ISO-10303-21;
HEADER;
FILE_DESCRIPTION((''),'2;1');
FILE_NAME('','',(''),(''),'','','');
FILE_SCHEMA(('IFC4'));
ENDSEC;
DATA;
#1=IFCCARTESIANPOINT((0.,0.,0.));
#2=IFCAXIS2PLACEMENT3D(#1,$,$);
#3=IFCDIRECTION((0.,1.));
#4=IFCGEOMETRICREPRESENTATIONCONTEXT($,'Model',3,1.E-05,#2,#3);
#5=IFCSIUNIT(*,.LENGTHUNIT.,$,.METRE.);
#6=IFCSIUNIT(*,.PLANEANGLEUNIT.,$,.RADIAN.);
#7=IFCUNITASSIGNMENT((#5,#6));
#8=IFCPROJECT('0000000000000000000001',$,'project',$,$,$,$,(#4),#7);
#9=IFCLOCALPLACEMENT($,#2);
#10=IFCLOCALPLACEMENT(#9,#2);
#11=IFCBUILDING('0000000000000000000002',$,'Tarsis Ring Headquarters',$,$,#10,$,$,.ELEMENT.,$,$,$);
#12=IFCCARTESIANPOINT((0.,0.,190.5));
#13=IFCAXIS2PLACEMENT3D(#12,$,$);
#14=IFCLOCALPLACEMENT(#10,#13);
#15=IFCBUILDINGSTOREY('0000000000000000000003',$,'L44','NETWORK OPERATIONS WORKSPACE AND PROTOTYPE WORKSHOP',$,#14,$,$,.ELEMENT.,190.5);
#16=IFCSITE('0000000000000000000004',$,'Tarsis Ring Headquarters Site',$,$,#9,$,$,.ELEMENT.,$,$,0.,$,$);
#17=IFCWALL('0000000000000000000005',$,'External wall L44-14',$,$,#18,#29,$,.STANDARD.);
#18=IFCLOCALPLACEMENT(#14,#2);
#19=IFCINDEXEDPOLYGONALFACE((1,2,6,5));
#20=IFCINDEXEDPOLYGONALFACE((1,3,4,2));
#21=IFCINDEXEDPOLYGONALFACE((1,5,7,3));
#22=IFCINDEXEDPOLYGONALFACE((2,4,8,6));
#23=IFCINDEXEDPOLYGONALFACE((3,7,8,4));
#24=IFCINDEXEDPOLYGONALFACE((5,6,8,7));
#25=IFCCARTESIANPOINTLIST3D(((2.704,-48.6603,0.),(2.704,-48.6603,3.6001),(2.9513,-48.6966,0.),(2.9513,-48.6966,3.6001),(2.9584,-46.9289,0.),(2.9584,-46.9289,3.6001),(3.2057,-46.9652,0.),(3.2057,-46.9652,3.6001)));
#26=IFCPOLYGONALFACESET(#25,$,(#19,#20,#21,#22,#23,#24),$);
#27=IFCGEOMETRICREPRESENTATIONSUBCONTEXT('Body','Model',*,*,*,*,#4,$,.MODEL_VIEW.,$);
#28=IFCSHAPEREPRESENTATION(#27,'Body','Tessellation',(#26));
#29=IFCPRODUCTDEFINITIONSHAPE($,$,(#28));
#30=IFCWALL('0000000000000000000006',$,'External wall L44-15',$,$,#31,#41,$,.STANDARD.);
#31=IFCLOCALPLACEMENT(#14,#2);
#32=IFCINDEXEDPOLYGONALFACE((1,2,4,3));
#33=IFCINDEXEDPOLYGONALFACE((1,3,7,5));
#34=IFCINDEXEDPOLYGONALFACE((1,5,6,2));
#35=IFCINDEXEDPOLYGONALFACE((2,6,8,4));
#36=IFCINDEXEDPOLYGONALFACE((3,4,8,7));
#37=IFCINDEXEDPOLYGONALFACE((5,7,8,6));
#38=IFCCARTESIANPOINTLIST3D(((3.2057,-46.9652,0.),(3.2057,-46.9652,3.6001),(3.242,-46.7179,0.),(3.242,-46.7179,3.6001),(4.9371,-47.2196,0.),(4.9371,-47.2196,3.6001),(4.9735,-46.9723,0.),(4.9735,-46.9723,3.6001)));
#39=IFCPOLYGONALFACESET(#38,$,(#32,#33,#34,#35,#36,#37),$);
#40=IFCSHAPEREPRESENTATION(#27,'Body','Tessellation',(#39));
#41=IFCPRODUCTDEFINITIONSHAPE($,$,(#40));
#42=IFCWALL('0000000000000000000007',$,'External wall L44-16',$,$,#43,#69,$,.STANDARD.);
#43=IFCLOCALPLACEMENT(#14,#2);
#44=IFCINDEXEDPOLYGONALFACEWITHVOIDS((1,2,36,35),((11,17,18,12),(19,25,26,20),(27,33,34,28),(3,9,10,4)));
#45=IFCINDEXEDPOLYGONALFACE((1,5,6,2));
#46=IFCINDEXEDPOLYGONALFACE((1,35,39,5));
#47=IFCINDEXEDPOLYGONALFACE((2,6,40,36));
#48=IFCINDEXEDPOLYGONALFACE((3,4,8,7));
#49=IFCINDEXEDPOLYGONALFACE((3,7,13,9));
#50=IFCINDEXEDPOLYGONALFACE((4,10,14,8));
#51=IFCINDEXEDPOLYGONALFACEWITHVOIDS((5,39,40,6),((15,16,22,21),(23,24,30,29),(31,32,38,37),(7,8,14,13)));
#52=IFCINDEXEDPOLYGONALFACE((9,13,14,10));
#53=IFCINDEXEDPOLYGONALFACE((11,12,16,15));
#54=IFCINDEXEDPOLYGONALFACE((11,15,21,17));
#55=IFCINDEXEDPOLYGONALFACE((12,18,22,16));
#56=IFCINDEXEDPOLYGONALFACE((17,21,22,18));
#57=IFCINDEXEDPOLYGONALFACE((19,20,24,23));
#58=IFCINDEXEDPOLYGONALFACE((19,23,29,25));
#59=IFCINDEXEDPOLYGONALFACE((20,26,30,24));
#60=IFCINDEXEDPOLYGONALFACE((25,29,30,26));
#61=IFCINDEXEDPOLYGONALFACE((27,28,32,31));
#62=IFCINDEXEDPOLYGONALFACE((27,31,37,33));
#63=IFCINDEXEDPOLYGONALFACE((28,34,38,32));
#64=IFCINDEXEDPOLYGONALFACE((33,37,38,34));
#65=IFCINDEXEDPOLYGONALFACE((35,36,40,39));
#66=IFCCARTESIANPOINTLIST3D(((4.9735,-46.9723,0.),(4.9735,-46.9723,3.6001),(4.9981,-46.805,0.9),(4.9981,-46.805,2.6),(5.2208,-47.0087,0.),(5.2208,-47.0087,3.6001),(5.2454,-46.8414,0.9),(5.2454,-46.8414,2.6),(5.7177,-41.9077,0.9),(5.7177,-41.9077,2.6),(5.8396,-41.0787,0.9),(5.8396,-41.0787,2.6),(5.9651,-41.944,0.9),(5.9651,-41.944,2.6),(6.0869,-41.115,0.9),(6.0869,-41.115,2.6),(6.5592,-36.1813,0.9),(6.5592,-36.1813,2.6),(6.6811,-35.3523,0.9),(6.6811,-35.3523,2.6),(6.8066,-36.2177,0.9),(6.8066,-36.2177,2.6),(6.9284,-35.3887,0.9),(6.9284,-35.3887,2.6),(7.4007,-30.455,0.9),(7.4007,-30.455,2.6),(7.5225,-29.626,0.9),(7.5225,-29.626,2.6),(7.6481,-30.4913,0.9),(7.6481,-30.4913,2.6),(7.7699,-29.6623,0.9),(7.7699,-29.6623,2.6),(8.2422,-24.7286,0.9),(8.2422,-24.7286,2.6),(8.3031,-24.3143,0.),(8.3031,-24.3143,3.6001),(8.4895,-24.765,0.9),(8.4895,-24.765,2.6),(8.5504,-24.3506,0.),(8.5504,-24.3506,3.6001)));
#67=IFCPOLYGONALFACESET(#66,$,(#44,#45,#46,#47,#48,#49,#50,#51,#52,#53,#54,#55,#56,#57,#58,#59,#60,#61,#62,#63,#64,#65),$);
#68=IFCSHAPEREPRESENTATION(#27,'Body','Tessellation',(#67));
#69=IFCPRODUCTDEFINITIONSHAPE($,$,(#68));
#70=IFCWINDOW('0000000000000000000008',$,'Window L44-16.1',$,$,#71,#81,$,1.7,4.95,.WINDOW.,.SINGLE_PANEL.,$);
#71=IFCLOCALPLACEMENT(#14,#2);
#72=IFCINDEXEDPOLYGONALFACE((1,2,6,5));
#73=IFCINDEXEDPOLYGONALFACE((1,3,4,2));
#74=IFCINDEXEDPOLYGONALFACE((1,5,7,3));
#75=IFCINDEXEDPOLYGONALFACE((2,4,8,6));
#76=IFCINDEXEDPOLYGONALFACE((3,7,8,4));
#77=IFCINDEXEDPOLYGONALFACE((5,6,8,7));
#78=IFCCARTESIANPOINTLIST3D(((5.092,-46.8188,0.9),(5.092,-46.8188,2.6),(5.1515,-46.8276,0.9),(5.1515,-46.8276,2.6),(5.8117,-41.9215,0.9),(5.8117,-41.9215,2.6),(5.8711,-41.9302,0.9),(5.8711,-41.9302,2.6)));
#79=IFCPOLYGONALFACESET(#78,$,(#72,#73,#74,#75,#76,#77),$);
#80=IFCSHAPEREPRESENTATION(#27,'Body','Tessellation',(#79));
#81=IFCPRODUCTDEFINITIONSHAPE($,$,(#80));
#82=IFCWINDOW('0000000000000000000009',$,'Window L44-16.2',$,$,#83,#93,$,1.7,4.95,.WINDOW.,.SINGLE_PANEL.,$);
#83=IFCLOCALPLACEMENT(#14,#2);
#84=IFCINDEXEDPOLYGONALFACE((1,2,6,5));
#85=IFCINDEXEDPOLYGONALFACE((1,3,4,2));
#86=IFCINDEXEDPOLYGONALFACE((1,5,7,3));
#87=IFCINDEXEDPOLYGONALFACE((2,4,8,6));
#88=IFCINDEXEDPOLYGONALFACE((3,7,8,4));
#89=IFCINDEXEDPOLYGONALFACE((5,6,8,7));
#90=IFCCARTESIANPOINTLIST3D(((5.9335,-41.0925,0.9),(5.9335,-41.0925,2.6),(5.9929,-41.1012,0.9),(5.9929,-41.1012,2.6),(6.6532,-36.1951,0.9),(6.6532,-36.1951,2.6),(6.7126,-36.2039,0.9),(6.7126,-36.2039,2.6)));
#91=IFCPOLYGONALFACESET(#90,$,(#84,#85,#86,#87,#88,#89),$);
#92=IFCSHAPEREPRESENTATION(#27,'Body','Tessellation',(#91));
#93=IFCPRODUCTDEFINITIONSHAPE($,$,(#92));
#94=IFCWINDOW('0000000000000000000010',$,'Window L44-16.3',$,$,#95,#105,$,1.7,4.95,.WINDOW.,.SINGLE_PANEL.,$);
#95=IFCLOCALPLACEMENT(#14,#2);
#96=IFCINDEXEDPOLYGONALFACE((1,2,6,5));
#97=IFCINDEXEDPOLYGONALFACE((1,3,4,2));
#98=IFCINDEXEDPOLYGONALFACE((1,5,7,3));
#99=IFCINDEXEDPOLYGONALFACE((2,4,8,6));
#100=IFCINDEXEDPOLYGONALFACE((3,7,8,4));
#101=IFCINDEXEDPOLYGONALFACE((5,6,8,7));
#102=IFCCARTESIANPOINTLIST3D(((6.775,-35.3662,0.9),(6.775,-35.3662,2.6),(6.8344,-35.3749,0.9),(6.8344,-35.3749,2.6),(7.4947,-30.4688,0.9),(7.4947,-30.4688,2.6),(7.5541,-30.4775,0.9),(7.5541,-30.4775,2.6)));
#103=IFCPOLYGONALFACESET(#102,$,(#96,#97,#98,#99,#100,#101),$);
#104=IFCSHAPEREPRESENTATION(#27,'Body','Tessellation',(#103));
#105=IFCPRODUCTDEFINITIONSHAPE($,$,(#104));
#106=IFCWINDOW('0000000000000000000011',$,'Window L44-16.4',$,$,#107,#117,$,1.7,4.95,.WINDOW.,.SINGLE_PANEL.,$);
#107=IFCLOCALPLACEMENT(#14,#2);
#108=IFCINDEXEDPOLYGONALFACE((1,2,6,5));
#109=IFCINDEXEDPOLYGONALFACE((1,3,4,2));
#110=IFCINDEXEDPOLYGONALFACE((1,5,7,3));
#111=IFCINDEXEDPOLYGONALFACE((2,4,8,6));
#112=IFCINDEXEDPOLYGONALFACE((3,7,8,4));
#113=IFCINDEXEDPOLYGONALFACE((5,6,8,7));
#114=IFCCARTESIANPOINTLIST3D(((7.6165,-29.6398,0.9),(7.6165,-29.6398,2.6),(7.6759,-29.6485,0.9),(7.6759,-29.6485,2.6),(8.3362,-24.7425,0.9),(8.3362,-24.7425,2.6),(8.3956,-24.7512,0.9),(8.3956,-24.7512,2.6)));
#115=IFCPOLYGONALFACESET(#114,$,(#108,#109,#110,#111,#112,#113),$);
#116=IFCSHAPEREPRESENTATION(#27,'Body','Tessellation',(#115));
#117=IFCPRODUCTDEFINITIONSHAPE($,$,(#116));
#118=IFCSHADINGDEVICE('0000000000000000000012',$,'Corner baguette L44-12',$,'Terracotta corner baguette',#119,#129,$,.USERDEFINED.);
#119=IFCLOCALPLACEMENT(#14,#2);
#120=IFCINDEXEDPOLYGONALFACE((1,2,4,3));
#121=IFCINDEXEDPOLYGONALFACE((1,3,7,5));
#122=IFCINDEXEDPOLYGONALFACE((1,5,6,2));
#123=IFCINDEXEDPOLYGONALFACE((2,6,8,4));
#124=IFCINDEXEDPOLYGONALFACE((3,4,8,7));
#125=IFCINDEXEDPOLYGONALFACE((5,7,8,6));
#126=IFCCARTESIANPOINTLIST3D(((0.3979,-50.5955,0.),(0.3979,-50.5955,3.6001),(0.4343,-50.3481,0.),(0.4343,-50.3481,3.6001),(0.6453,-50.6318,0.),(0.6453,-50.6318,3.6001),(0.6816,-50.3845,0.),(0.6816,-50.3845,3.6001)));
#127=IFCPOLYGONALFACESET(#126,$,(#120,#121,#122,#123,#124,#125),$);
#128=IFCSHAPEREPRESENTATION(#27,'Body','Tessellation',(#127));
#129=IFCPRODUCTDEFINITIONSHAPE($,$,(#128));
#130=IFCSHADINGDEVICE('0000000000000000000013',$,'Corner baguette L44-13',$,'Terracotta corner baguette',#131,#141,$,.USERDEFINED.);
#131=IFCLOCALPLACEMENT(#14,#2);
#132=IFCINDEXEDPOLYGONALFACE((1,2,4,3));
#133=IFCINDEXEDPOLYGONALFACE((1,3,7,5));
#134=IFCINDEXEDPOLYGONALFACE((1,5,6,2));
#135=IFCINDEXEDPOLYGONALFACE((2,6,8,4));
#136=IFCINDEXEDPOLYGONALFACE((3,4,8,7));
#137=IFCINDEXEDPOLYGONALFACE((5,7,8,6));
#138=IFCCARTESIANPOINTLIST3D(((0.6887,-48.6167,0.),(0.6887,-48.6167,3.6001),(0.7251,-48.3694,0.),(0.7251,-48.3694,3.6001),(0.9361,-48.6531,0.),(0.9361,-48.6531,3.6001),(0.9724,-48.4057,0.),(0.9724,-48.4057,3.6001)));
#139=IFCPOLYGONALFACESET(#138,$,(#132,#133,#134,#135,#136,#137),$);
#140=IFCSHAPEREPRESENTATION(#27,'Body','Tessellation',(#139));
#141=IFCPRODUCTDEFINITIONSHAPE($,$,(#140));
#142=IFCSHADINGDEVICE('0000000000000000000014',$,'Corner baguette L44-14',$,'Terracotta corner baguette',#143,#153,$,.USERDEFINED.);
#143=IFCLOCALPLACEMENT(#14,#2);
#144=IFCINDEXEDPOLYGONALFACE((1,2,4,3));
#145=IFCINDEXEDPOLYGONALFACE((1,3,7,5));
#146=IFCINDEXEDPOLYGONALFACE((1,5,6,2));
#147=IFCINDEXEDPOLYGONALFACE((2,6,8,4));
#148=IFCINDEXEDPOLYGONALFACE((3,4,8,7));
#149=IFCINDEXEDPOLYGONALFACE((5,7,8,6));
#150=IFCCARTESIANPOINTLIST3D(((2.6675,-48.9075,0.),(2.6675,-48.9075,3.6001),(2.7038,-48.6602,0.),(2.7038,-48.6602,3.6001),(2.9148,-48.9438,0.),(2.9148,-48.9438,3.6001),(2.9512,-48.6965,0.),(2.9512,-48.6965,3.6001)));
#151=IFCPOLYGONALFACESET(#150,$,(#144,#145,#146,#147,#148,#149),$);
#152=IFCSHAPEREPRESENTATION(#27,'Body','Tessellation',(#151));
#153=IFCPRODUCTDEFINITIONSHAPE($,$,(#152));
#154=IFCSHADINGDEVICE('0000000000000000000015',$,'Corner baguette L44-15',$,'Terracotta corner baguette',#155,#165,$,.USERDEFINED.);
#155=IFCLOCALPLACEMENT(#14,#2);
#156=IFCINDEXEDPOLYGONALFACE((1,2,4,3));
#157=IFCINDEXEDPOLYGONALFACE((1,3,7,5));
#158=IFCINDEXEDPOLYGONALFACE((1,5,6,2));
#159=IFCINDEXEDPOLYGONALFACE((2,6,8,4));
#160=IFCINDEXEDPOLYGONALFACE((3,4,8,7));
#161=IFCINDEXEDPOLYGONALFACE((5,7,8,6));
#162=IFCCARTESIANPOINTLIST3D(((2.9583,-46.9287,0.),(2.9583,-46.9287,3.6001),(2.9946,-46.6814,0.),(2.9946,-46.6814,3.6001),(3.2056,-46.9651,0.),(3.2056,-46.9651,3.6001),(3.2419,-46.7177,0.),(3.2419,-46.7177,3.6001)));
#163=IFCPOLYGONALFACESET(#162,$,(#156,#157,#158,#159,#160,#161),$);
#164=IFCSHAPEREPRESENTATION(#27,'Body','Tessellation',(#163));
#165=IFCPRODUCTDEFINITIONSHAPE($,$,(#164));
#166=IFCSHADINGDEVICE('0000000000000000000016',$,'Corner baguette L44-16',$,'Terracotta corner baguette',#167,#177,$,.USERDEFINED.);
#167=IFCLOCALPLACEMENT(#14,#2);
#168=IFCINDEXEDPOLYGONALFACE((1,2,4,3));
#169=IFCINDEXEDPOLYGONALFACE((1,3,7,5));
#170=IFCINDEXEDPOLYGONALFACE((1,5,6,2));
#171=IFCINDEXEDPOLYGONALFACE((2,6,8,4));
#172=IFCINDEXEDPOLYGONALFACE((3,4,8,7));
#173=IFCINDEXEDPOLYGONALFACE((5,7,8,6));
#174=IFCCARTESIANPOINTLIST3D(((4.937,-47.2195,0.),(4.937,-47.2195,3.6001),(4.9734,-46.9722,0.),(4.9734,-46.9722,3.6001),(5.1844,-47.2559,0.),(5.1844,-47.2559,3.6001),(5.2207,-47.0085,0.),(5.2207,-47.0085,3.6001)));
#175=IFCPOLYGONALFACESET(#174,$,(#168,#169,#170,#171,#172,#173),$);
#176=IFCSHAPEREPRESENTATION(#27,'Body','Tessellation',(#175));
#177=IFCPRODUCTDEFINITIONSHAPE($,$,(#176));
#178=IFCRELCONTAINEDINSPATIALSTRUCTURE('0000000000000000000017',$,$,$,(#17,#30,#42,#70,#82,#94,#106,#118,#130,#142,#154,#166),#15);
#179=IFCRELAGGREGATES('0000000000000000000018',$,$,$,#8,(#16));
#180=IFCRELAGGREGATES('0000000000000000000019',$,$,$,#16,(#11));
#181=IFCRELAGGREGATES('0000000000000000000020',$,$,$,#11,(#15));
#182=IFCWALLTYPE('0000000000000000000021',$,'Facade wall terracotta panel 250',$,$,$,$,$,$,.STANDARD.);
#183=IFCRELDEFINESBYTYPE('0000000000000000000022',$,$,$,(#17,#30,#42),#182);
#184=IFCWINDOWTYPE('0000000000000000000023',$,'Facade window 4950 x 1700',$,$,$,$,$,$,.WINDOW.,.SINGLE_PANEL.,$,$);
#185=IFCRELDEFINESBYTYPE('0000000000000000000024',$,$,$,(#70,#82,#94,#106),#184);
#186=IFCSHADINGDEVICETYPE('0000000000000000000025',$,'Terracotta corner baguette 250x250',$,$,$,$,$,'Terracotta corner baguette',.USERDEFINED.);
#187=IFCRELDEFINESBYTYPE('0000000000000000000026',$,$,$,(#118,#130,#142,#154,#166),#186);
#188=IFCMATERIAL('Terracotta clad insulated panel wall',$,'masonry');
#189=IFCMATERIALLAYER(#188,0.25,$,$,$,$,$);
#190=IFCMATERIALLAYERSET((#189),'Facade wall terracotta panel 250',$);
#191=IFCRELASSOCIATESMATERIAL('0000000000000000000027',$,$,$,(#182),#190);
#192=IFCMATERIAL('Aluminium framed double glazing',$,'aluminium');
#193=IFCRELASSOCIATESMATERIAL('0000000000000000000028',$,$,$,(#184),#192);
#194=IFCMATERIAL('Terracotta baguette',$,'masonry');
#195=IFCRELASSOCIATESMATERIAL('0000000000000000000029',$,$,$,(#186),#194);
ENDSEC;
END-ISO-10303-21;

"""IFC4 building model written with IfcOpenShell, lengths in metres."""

from ifc_helpers import new_model, si_unit, direction, frame, frame_2d, origin, origin_2d, place, context, subcontext, project, spatial, rectangle, extrude, material, layer, layer_set, type_object, element, fill, save


model = new_model("IFC4")

# Units and contexts
model_context = context("Model", 3, precision=1e-05, world=origin(), true_north=direction((0.0, 1.0)))
body_context = subcontext(model_context, "Body", "Model", "MODEL_VIEW")
ifc_project = project(units=[si_unit("LENGTHUNIT", "METRE"), si_unit("PLANEANGLEUNIT", "RADIAN")], contexts=[model_context])

# Site, building, storey
site_placement = place(None, origin())
site = spatial("IfcSite", under=ifc_project, at=site_placement, Name="Tarsis Ring Headquarters Site", CompositionType="ELEMENT", RefElevation=0.0)
building_placement = place(site_placement, origin())
building = spatial("IfcBuilding", under=site, at=building_placement, Name="Tarsis Ring Headquarters", CompositionType="ELEMENT")
storey_placement = place(building_placement, frame((0.0, 0.0, 190.5)))
storey = spatial("IfcBuildingStorey", under=building, at=storey_placement, Name="L44", Description="NETWORK OPERATIONS WORKSPACE AND PROTOTYPE WORKSHOP", CompositionType="ELEMENT", Elevation=190.5)

# Walls
ifc_material_1 = material(Name="Terracotta clad insulated panel wall", Category="masonry")
ifc_layer_1 = layer(ifc_material_1, 0.25)
ifc_layer_set_1 = layer_set([ifc_layer_1], Name="Facade wall terracotta panel 250")
wall_type_1 = type_object("IfcWallType", Name="Facade wall terracotta panel 250", PredefinedType="STANDARD", material=ifc_layer_set_1)
for number, where, z_axis, x_axis, name in (
    (1, (2.8276, -48.6785, 0.0), (0.0, 0.0, 1.0), (0.145365, 0.989378, 0.0), "External wall L44-14"),
    (2, (3.2239, -46.8416, 0.0), (0.0, 0.0, 1.0), (0.989378, -0.145365, 0.0), "External wall L44-15"),
):
    element("IfcWall", number, at=place(storey_placement, frame(where, z_axis=z_axis, x_axis=x_axis)), inside=storey, type_object=wall_type_1, Name=name, PredefinedType="STANDARD", context=body_context, shape_type="SweptSolid", body=[
        extrude(rectangle(XDim=1.75, YDim=0.25, at=frame_2d((0.875, 0.0))), origin(), (0.0, 0.0, 1.0), 3.6001),
    ])

# Wall, openings, windows
wall_1_placement = place(storey_placement, frame((5.0972, -46.9905, 0.0), z_axis=(0.0, 0.0, 1.0), x_axis=(0.145389, 0.989375, 0.0)))
wall_1 = element("IfcWall", 3, at=wall_1_placement, inside=storey, type_object=wall_type_1, Name="External wall L44-16", PredefinedType="STANDARD", context=body_context, shape_type="SweptSolid", body=[
    extrude(rectangle(XDim=22.9014, YDim=0.25, at=frame_2d((11.4507, 0.0))), origin(), (0.0, 0.0, 1.0), 3.6001),
])
opening_1_placement = place(wall_1_placement, frame((0.1689, 0.0, 0.8999)))
opening_1 = element("IfcOpeningElement", 4, at=opening_1_placement, cuts=wall_1, PredefinedType="OPENING", context=body_context, shape_type="SweptSolid", body=[
    extrude(rectangle(XDim=4.95, YDim=1.7, at=frame_2d((2.4751, 0.8501))), frame((0.0, 0.135, 0.0), z_axis=(0.0, -1.0, 0.0), x_axis=(1.0, 0.0, 0.0)), (0.0, 0.0, 1.0), 0.27),
])
opening_2_placement = place(wall_1_placement, frame((5.9568, 0.0, 0.8999)))
opening_2 = element("IfcOpeningElement", 5, at=opening_2_placement, cuts=wall_1, PredefinedType="OPENING", context=body_context, shape_type="SweptSolid", body=[
    extrude(rectangle(XDim=4.95, YDim=1.7, at=frame_2d((2.4751, 0.8501))), frame((0.0, 0.135, 0.0), z_axis=(0.0, -1.0, 0.0), x_axis=(1.0, 0.0, 0.0)), (0.0, 0.0, 1.0), 0.27),
])
opening_3_placement = place(wall_1_placement, frame((11.7446, 0.0, 0.8999)))
opening_3 = element("IfcOpeningElement", 6, at=opening_3_placement, cuts=wall_1, PredefinedType="OPENING", context=body_context, shape_type="SweptSolid", body=[
    extrude(rectangle(XDim=4.95, YDim=1.7, at=frame_2d((2.4751, 0.8501))), frame((0.0, 0.135, 0.0), z_axis=(0.0, -1.0, 0.0), x_axis=(1.0, 0.0, 0.0)), (0.0, 0.0, 1.0), 0.27),
])
opening_4_placement = place(wall_1_placement, frame((17.5325, 0.0, 0.8999)))
opening_4 = element("IfcOpeningElement", 7, at=opening_4_placement, cuts=wall_1, PredefinedType="OPENING", context=body_context, shape_type="SweptSolid", body=[
    extrude(rectangle(XDim=4.95, YDim=1.7, at=frame_2d((2.4751, 0.8501))), frame((0.0, 0.135, 0.0), z_axis=(0.0, -1.0, 0.0), x_axis=(1.0, 0.0, 0.0)), (0.0, 0.0, 1.0), 0.27),
])
ifc_material_2 = material(Name="Aluminium framed double glazing", Category="aluminium")
window_type = type_object("IfcWindowType", Name="Facade window 4950 x 1700", PartitioningType="SINGLE_PANEL", PredefinedType="WINDOW", material=ifc_material_2)
window_1_placement = place(opening_1_placement, origin())
window_1 = element("IfcWindow", 8, at=window_1_placement, inside=storey, type_object=window_type, Name="Window L44-16.1", OverallHeight=1.7, OverallWidth=4.95, PartitioningType="SINGLE_PANEL", PredefinedType="WINDOW", context=body_context, shape_type="SweptSolid", body=[
    extrude(rectangle(XDim=4.95, YDim=1.7, at=frame_2d((2.4751, 0.8501))), frame((0.0, 0.03, 0.0), z_axis=(0.0, -1.0, 0.0), x_axis=(1.0, 0.0, 0.0)), (0.0, 0.0, 1.0), 0.0601),
])
fill(opening_1, window_1)
window_2_placement = place(opening_2_placement, origin())
window_2 = element("IfcWindow", 9, at=window_2_placement, inside=storey, type_object=window_type, Name="Window L44-16.2", OverallHeight=1.7, OverallWidth=4.95, PartitioningType="SINGLE_PANEL", PredefinedType="WINDOW", context=body_context, shape_type="SweptSolid", body=[
    extrude(rectangle(XDim=4.95, YDim=1.7, at=frame_2d((2.4751, 0.8501))), frame((0.0, 0.03, 0.0), z_axis=(0.0, -1.0, 0.0), x_axis=(1.0, 0.0, 0.0)), (0.0, 0.0, 1.0), 0.0601),
])
fill(opening_2, window_2)
window_3_placement = place(opening_3_placement, origin())
window_3 = element("IfcWindow", 10, at=window_3_placement, inside=storey, type_object=window_type, Name="Window L44-16.3", OverallHeight=1.7, OverallWidth=4.95, PartitioningType="SINGLE_PANEL", PredefinedType="WINDOW", context=body_context, shape_type="SweptSolid", body=[
    extrude(rectangle(XDim=4.95, YDim=1.7, at=frame_2d((2.4751, 0.8501))), frame((0.0, 0.03, 0.0), z_axis=(0.0, -1.0, 0.0), x_axis=(1.0, 0.0, 0.0)), (0.0, 0.0, 1.0), 0.0601),
])
fill(opening_3, window_3)
window_4_placement = place(opening_4_placement, origin())
window_4 = element("IfcWindow", 11, at=window_4_placement, inside=storey, type_object=window_type, Name="Window L44-16.4", OverallHeight=1.7, OverallWidth=4.95, PartitioningType="SINGLE_PANEL", PredefinedType="WINDOW", context=body_context, shape_type="SweptSolid", body=[
    extrude(rectangle(XDim=4.95, YDim=1.7, at=frame_2d((2.4751, 0.8501))), frame((0.0, 0.03, 0.0), z_axis=(0.0, -1.0, 0.0), x_axis=(1.0, 0.0, 0.0)), (0.0, 0.0, 1.0), 0.0601),
])
fill(opening_4, window_4)

# Shading devices
ifc_material_3 = material(Name="Terracotta baguette", Category="masonry")
shading_device_type = type_object("IfcShadingDeviceType", Name="Terracotta corner baguette 250x250", ElementType="Terracotta corner baguette", PredefinedType="USERDEFINED", material=ifc_material_3)
for number, where, z_axis, x_axis, name in (
    (12, (0.5398, -50.49, 0.0), (0.0, 0.0, 1.0), (0.989374, -0.145392, 0.0), "Corner baguette L44-12"),
    (13, (0.8306, -48.5112, 0.0), (0.0, 0.0, 1.0), (0.145393, 0.989374, 0.0), "Corner baguette L44-13"),
    (14, (2.8093, -48.802, 0.0), (0.0, 0.0, 1.0), (0.989374, -0.145392, 0.0), "Corner baguette L44-14"),
    (15, (3.1001, -46.8232, 0.0), (0.0, 0.0, 1.0), (0.145393, 0.989374, 0.0), "Corner baguette L44-15"),
    (16, (5.0789, -47.114, 0.0), (0.0, 0.0, 1.0), (0.989374, -0.145393, 0.0), "Corner baguette L44-16"),
):
    element("IfcShadingDevice", number, at=place(storey_placement, frame(where, z_axis=z_axis, x_axis=x_axis)), inside=storey, type_object=shading_device_type, Name=name, ObjectType="Terracotta corner baguette", PredefinedType="USERDEFINED", context=body_context, shape_type="SweptSolid", body=[
        extrude(rectangle(XDim=0.25, YDim=0.25, at=origin_2d()), origin(), (0.0, 0.0, 1.0), 3.6001),
    ])

save(model, "model.ifc")
